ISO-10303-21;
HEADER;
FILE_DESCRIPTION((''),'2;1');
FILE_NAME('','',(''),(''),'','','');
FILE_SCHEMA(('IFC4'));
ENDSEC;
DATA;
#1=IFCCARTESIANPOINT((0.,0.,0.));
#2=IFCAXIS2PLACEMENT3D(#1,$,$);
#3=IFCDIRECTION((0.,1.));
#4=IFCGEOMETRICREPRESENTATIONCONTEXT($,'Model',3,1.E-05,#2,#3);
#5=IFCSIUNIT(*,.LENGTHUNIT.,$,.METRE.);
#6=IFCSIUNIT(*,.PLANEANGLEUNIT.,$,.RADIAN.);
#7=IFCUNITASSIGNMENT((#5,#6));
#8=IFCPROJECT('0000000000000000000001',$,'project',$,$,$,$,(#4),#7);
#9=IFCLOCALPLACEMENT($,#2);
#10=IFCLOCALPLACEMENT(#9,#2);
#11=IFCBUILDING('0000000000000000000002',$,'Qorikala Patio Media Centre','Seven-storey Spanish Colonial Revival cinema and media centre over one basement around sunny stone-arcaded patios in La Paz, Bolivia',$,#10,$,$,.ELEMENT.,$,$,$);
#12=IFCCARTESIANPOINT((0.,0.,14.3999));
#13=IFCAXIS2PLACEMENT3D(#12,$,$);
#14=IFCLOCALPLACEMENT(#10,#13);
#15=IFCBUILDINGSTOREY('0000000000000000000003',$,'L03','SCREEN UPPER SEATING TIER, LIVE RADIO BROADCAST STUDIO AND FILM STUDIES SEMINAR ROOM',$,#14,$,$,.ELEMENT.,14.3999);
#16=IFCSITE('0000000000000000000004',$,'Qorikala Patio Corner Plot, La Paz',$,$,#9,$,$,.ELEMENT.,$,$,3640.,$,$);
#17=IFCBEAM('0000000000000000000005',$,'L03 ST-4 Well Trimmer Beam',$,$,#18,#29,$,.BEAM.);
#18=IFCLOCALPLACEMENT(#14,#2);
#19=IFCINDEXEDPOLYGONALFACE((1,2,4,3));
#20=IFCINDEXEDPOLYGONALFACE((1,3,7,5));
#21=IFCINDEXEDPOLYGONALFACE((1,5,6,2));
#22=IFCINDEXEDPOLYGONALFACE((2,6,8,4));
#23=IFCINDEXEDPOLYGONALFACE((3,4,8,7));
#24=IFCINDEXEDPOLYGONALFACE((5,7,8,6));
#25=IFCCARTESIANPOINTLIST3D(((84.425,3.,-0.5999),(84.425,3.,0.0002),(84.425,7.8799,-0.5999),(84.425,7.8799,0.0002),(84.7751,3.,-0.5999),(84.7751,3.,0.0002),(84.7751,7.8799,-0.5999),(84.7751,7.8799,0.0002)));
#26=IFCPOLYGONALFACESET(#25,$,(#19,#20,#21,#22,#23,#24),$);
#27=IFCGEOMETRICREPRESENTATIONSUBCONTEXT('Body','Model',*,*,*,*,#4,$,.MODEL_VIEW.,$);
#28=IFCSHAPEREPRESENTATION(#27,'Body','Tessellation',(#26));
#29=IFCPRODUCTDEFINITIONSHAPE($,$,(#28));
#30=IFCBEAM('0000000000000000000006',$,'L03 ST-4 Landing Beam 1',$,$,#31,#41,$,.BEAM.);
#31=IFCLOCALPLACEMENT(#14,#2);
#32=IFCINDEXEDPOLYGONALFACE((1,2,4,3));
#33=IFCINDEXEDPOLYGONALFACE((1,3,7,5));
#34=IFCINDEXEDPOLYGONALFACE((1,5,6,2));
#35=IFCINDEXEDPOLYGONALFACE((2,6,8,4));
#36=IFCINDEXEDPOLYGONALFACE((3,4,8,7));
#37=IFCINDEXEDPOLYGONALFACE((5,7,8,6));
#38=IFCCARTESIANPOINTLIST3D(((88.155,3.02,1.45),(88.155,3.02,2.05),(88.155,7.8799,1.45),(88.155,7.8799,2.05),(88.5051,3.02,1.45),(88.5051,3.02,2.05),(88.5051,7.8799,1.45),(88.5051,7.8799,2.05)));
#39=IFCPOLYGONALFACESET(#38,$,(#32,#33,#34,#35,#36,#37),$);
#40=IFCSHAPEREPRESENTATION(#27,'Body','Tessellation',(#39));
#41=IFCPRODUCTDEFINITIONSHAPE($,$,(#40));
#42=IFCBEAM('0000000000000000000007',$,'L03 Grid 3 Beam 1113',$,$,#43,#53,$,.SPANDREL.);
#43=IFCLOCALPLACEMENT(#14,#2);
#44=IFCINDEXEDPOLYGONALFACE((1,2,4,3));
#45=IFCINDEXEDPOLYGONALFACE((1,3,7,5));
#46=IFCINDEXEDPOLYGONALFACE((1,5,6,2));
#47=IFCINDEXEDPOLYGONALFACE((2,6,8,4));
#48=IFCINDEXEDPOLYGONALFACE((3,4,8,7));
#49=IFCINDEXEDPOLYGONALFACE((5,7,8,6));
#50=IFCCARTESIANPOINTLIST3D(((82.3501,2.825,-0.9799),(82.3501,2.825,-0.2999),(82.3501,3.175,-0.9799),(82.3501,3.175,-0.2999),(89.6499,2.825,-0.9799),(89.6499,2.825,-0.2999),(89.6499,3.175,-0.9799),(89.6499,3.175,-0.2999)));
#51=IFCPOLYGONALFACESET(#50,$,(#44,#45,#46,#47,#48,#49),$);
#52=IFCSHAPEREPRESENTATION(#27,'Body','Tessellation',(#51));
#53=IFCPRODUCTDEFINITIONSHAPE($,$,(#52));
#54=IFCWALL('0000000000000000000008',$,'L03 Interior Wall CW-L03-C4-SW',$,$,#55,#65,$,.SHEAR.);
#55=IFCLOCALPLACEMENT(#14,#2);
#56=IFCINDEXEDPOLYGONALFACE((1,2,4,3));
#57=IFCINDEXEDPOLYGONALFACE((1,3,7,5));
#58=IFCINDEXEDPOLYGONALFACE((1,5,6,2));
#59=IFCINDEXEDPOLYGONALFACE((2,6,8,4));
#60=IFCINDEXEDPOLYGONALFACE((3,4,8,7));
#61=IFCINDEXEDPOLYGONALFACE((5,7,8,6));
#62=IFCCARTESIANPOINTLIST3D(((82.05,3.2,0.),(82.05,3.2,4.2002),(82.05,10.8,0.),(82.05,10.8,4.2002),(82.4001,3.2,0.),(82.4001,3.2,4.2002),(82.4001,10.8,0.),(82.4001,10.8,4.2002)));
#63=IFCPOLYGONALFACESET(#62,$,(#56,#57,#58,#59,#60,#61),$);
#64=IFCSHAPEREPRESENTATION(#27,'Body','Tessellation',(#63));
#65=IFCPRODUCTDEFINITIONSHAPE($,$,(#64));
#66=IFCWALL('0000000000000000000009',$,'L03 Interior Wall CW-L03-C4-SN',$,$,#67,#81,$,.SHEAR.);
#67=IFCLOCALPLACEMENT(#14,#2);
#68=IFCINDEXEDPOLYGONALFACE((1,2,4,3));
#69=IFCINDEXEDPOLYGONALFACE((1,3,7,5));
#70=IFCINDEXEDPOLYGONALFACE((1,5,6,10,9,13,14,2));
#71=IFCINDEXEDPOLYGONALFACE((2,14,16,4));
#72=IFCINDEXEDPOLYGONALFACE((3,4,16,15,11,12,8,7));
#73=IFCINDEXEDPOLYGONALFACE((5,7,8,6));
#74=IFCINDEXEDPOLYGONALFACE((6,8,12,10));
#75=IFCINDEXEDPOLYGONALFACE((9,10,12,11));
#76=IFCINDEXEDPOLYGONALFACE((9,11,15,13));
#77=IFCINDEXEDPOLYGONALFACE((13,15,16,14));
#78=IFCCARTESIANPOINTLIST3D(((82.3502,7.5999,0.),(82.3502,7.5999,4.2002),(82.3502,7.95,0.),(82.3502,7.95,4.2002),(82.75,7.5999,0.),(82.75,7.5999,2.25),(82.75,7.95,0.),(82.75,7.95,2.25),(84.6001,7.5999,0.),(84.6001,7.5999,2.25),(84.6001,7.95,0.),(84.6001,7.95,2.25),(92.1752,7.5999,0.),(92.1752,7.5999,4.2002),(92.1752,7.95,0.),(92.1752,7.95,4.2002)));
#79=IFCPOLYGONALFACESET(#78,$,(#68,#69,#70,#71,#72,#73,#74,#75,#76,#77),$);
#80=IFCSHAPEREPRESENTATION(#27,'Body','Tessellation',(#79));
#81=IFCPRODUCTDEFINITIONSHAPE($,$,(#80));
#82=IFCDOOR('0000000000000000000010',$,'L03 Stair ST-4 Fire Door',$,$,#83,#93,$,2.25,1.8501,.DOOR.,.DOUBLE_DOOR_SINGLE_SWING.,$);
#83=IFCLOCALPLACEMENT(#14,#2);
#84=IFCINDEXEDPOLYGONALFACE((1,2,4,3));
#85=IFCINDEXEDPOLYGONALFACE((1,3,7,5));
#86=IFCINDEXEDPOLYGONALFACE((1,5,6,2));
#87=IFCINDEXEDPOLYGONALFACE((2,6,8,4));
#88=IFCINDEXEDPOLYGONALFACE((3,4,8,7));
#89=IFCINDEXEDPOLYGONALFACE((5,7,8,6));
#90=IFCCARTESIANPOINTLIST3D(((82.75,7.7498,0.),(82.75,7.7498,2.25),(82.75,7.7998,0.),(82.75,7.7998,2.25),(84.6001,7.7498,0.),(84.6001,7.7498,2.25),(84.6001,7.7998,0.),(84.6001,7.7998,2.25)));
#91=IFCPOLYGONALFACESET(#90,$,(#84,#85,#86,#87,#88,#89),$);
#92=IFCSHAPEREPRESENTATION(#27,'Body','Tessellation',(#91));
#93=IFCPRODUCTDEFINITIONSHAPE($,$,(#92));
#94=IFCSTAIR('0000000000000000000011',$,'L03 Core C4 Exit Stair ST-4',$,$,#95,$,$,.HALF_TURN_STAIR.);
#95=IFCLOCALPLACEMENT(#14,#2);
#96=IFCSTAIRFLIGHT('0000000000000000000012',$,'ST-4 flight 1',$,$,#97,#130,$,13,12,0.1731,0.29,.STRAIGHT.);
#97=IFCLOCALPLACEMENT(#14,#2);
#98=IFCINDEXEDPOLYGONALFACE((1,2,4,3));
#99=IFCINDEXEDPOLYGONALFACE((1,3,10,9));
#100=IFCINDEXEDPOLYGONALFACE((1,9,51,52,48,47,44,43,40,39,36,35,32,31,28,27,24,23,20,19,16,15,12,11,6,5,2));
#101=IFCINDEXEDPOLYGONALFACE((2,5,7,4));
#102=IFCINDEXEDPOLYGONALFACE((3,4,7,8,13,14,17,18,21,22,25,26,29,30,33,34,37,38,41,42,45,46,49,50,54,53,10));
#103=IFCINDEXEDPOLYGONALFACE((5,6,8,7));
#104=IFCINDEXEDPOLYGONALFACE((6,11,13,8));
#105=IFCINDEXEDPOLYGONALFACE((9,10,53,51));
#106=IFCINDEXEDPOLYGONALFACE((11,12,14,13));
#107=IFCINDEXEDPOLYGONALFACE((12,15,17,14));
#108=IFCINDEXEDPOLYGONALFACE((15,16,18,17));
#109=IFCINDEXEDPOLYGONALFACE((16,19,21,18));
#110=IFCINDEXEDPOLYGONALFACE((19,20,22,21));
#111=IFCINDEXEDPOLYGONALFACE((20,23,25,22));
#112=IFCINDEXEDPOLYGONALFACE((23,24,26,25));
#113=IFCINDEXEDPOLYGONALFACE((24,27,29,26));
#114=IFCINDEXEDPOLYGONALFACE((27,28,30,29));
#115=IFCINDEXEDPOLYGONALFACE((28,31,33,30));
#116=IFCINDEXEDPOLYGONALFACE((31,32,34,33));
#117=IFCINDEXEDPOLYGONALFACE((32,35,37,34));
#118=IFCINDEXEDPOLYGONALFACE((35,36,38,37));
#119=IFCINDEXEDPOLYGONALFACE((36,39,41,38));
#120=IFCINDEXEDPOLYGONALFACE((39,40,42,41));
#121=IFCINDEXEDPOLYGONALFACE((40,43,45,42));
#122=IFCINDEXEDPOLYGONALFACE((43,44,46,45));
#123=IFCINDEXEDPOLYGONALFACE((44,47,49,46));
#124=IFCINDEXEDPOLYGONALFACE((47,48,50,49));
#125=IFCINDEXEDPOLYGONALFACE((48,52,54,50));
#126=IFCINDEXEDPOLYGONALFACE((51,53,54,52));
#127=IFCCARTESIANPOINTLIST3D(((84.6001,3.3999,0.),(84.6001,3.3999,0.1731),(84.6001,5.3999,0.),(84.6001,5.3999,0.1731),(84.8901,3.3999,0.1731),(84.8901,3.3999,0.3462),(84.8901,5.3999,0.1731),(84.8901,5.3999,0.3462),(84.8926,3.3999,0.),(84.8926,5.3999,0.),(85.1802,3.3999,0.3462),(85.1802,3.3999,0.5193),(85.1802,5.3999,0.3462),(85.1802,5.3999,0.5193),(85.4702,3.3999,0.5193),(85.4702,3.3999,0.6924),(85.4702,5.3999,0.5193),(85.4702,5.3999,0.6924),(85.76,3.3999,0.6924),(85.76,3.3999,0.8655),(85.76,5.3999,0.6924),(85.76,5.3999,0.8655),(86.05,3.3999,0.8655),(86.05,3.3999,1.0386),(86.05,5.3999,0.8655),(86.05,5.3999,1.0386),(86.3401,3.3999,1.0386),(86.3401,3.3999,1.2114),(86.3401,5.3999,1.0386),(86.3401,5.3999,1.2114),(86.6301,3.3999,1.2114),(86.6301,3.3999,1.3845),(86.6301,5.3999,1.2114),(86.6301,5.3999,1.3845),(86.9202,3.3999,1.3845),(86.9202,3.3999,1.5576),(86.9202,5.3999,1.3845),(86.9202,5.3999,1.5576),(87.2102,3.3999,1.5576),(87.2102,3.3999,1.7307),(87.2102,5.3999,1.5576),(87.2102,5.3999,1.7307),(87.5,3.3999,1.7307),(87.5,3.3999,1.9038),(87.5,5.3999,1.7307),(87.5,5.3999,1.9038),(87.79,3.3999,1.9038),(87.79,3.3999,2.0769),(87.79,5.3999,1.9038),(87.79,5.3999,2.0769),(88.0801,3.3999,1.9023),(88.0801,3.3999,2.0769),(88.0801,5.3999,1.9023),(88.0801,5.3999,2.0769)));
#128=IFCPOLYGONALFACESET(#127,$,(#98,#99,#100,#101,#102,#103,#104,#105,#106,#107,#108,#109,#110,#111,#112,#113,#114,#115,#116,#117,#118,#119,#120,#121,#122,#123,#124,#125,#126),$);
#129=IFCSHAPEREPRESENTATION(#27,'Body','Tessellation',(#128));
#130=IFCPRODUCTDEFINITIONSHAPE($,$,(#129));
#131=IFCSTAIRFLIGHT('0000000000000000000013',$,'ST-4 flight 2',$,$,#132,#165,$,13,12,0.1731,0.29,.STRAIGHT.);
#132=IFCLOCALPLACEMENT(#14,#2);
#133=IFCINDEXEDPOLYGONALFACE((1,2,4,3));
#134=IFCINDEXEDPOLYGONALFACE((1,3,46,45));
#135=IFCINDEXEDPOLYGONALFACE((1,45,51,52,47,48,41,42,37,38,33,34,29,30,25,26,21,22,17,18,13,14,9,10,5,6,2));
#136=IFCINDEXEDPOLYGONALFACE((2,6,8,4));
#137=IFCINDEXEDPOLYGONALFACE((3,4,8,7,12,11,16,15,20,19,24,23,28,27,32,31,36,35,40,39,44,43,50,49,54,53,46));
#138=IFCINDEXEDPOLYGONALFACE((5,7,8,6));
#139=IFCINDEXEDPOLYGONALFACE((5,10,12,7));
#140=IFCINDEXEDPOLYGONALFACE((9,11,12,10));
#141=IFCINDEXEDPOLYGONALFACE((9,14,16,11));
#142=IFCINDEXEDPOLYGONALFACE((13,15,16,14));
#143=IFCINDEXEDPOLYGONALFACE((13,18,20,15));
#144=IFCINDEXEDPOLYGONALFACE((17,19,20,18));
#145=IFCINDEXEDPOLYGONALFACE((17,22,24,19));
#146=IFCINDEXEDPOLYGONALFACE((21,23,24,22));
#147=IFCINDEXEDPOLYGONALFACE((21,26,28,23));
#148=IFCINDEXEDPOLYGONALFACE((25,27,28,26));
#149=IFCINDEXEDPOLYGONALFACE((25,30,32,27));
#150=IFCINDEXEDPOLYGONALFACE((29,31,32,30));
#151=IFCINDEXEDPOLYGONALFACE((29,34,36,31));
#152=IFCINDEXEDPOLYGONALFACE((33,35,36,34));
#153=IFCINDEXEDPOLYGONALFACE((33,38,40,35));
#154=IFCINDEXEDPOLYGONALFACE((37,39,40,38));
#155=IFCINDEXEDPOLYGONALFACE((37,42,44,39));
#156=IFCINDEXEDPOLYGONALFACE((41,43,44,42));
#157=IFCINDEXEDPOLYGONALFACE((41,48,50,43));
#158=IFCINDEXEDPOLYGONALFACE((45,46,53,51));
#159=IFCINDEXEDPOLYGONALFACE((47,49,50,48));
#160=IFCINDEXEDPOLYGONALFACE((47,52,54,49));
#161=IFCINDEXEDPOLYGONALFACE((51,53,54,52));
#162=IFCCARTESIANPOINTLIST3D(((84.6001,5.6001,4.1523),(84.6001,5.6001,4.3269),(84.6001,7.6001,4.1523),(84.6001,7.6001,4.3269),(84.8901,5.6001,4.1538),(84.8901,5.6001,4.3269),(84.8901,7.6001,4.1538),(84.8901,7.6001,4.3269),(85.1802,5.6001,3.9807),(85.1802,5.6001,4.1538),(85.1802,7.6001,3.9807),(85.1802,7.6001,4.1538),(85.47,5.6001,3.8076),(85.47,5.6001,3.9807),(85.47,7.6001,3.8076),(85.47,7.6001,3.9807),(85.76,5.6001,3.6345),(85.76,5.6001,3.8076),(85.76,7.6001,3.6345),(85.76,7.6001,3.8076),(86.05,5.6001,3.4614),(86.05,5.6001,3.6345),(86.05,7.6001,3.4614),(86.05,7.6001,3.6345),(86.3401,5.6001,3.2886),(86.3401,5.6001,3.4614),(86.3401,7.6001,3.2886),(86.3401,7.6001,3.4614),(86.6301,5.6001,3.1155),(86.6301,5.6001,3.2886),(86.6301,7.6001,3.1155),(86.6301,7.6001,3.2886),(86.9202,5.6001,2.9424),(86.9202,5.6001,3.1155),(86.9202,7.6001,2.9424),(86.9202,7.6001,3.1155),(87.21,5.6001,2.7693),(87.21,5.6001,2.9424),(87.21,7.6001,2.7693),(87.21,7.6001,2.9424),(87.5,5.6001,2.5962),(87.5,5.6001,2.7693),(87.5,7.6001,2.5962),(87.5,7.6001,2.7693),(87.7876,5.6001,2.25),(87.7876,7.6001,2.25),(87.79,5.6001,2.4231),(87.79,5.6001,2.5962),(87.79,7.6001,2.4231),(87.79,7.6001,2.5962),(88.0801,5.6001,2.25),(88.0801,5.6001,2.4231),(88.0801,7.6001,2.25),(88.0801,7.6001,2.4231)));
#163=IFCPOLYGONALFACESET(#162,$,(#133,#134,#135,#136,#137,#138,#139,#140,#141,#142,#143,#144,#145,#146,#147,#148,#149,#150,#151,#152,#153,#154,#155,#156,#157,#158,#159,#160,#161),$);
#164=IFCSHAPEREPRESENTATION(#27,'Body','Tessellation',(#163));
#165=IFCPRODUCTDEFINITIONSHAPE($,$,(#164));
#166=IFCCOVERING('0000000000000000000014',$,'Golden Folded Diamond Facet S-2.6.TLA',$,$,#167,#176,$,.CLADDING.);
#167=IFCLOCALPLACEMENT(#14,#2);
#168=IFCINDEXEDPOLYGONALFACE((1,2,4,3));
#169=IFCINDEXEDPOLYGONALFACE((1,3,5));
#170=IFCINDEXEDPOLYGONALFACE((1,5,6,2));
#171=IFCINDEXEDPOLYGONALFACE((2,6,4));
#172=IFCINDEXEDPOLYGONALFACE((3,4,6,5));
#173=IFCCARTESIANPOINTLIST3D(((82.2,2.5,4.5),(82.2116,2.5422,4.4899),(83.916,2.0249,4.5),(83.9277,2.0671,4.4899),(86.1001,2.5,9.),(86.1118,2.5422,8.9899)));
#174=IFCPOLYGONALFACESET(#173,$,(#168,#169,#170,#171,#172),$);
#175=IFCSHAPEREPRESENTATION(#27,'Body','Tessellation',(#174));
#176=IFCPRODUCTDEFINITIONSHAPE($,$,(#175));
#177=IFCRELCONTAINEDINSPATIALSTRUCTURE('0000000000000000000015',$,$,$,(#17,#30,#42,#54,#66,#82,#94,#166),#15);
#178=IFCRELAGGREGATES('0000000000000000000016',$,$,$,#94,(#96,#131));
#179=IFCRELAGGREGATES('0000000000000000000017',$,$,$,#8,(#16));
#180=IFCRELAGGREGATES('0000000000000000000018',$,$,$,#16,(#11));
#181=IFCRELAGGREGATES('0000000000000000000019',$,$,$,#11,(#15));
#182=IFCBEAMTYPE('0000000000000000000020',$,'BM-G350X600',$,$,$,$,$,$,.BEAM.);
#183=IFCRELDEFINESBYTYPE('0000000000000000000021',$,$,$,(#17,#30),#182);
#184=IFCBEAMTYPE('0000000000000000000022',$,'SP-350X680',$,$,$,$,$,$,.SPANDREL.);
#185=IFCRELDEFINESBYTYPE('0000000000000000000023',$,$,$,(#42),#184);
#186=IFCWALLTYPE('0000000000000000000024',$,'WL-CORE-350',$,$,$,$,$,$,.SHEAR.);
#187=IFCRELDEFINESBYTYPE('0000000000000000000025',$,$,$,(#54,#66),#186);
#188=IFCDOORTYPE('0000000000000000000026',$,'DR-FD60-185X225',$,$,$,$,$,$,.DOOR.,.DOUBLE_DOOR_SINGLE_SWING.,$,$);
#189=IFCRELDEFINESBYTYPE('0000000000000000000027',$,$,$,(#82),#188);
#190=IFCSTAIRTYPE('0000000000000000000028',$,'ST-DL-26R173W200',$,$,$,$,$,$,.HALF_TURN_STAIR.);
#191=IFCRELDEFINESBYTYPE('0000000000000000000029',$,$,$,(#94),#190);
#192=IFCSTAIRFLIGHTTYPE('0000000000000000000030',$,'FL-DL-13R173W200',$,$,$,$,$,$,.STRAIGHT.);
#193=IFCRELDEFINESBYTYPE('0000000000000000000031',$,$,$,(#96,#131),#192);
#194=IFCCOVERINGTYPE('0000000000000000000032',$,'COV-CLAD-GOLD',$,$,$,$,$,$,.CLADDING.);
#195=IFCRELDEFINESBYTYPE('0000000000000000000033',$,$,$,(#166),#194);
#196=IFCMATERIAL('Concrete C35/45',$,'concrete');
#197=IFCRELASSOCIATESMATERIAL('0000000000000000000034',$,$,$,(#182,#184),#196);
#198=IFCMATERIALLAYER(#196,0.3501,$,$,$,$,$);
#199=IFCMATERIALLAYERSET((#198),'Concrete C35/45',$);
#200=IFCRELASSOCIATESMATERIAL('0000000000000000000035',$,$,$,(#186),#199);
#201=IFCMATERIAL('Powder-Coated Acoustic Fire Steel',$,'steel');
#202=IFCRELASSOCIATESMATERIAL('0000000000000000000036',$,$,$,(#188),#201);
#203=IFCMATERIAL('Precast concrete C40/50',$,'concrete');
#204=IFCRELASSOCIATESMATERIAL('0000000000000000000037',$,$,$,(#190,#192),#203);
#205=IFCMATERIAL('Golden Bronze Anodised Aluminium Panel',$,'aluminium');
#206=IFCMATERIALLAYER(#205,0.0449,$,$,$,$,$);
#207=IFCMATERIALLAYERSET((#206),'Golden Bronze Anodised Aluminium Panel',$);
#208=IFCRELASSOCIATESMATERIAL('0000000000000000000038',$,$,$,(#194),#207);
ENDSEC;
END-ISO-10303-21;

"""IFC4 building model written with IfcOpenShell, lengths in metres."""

from ifc_helpers import new_model, si_unit, direction, frame, frame_2d, origin, origin_2d, place, context, subcontext, project, spatial, polyline, rectangle, outline, extrude, material, layer, layer_set, material_profile, profile_set, type_object, element, fill, aggregate, save


model = new_model("IFC4")

# Units and contexts
model_context = context("Model", 3, precision=1e-05, world=origin(), true_north=direction((0.0, 1.0)))
body_context = subcontext(model_context, "Body", "Model", "MODEL_VIEW")
ifc_project = project(units=[si_unit("LENGTHUNIT", "METRE"), si_unit("PLANEANGLEUNIT", "RADIAN")], contexts=[model_context])

# Site, building, storey
site_placement = place(None, origin())
site = spatial("IfcSite", under=ifc_project, at=site_placement, Name="Qorikala Patio Corner Plot, La Paz", CompositionType="ELEMENT", RefElevation=3640.0)
building_placement = place(site_placement, origin())
building = spatial("IfcBuilding", under=site, at=building_placement, Name="Qorikala Patio Media Centre", Description="Seven-storey Spanish Colonial Revival cinema and media centre over one basement around sunny stone-arcaded patios in La Paz, Bolivia", CompositionType="ELEMENT")
storey_placement = place(building_placement, frame((0.0, 0.0, 14.3999)))
storey = spatial("IfcBuildingStorey", under=building, at=storey_placement, Name="L03", Description="SCREEN UPPER SEATING TIER, LIVE RADIO BROADCAST STUDIO AND FILM STUDIES SEMINAR ROOM", CompositionType="ELEMENT", Elevation=14.3999)

# Beams
ifc_material_1 = material(Name="Concrete C35/45", Category="concrete")
ifc_material_profile_1 = material_profile(ifc_material_1, rectangle(XDim=0.3501, YDim=0.6001, at=origin_2d()), Name="RC 350x600")
ifc_profile_set_1 = profile_set([ifc_material_profile_1], Name="Concrete C35/45")
beam_type_1 = type_object("IfcBeamType", Name="BM-G350X600", PredefinedType="BEAM", material=ifc_profile_set_1)
beam_1_placement = place(storey_placement, frame((84.6001, 3.0, -0.2998), z_axis=(0.0, 1.0, 0.0), x_axis=(-1.0, 0.0, 0.0)))
element("IfcBeam", 1, at=beam_1_placement, inside=storey, type_object=beam_type_1, Name="L03 ST-4 Well Trimmer Beam", PredefinedType="BEAM", context=body_context, shape_type="SweptSolid", body=[
    extrude(rectangle(XDim=0.3501, YDim=0.6001, at=origin_2d()), origin(), (0.0, 0.0, 1.0), 4.8799),
])
beam_2_placement = place(storey_placement, frame((88.3301, 3.02, 1.75), z_axis=(0.0, 1.0, 0.0), x_axis=(-1.0, 0.0, 0.0)))
element("IfcBeam", 2, at=beam_2_placement, inside=storey, type_object=beam_type_1, Name="L03 ST-4 Landing Beam 1", PredefinedType="BEAM", context=body_context, shape_type="SweptSolid", body=[
    extrude(rectangle(XDim=0.3501, YDim=0.6001, at=origin_2d()), origin(), (0.0, 0.0, 1.0), 4.8599),
])
ifc_material_profile_2 = material_profile(ifc_material_1, rectangle(XDim=0.3501, YDim=0.6799, at=origin_2d()), Name="RC 350x680")
ifc_profile_set_2 = profile_set([ifc_material_profile_2], Name="Concrete C35/45")
beam_type_2 = type_object("IfcBeamType", Name="SP-350X680", PredefinedType="SPANDREL", material=ifc_profile_set_2)
beam_3_placement = place(storey_placement, frame((82.3501, 3.0, -0.6399), z_axis=(1.0, 0.0, 0.0), x_axis=(0.0, 1.0, 0.0)))
element("IfcBeam", 3, at=beam_3_placement, inside=storey, type_object=beam_type_2, Name="L03 Grid 3 Beam 1113", PredefinedType="SPANDREL", context=body_context, shape_type="SweptSolid", body=[
    extrude(rectangle(XDim=0.3501, YDim=0.6799, at=origin_2d()), origin(), (0.0, 0.0, 1.0), 7.2998),
])

# Wall
ifc_layer_1 = layer(ifc_material_1, 0.3501)
ifc_layer_set_1 = layer_set([ifc_layer_1], Name="Concrete C35/45")
wall_type = type_object("IfcWallType", Name="WL-CORE-350", PredefinedType="SHEAR", material=ifc_layer_set_1)
wall_1_placement = place(storey_placement, frame((82.2251, 3.2, 0.0), z_axis=(0.0, 0.0, 1.0), x_axis=(0.0, 1.0, 0.0)))
element("IfcWall", 4, at=wall_1_placement, inside=storey, type_object=wall_type, Name="L03 Interior Wall CW-L03-C4-SW", PredefinedType="SHEAR", context=body_context, shape_type="SweptSolid", body=[
    extrude(rectangle(XDim=7.6001, YDim=0.3501, at=frame_2d((3.8, 0.0))), origin(), (0.0, 0.0, 1.0), 4.2002),
])

# Wall, opening, door
wall_2_placement = place(storey_placement, frame((82.3501, 7.7749, 0.0), z_axis=(0.0, 0.0, 1.0), x_axis=(1.0, 0.0, 0.0)))
wall_2 = element("IfcWall", 5, at=wall_2_placement, inside=storey, type_object=wall_type, Name="L03 Interior Wall CW-L03-C4-SN", PredefinedType="SHEAR", context=body_context, shape_type="SweptSolid", body=[
    extrude(rectangle(XDim=9.825, YDim=0.3501, at=frame_2d((4.9126, 0.0))), origin(), (0.0, 0.0, 1.0), 4.2002),
])
opening_placement = place(wall_2_placement, frame((0.3999, 0.0, 0.0)))
opening = element("IfcOpeningElement", 6, at=opening_placement, cuts=wall_2, PredefinedType="OPENING", context=body_context, shape_type="SweptSolid", body=[
    extrude(rectangle(XDim=1.8501, YDim=2.25, at=frame_2d((0.925, 1.125))), frame((0.0, 0.1851, 0.0), z_axis=(0.0, -1.0, 0.0), x_axis=(1.0, 0.0, 0.0)), (0.0, 0.0, 1.0), 0.3701),
])
ifc_material_2 = material(Name="Powder-Coated Acoustic Fire Steel", Category="steel")
door_type = type_object("IfcDoorType", Name="DR-FD60-185X225", OperationType="DOUBLE_DOOR_SINGLE_SWING", PredefinedType="DOOR", material=ifc_material_2)
door_placement = place(opening_placement, origin())
door = element("IfcDoor", 7, at=door_placement, inside=storey, type_object=door_type, Name="L03 Stair ST-4 Fire Door", OperationType="DOUBLE_DOOR_SINGLE_SWING", OverallHeight=2.25, OverallWidth=1.8501, PredefinedType="DOOR", context=body_context, shape_type="SweptSolid", body=[
    extrude(rectangle(XDim=1.8501, YDim=2.25, at=frame_2d((0.925, 1.125))), frame((0.0, 0.0249, 0.0), z_axis=(0.0, -1.0, 0.0), x_axis=(1.0, 0.0, 0.0)), (0.0, 0.0, 1.0), 0.05),
])
fill(opening, door)

# Stair, stair flights
ifc_material_3 = material(Name="Precast concrete C40/50", Category="concrete")
stair_type = type_object("IfcStairType", Name="ST-DL-26R173W200", PredefinedType="HALF_TURN_STAIR", material=ifc_material_3)
stair_placement = place(storey_placement, origin())
stair = element("IfcStair", 8, at=stair_placement, inside=storey, type_object=stair_type, Name="L03 Core C4 Exit Stair ST-4", PredefinedType="HALF_TURN_STAIR")
stair_flight_type = type_object("IfcStairFlightType", Name="FL-DL-13R173W200", PredefinedType="STRAIGHT", material=ifc_material_3)
stair_flight_1_placement = place(storey_placement, frame((84.6001, 4.3999, 0.0), z_axis=(0.0, 0.0, 1.0), x_axis=(1.0, 0.0, 0.0)))
stair_flight_1 = element("IfcStairFlight", 9, at=stair_flight_1_placement, type_object=stair_flight_type, Name="ST-4 flight 1", NumberOfRisers=13, NumberOfTreads=12, PredefinedType="STRAIGHT", RiserHeight=0.1731, TreadLength=0.29, context=body_context, shape_type="SweptSolid", body=[
    extrude(outline(polyline([(0.0, 0.0), (0.0, 0.1731), (0.29, 0.1731), (0.29, 0.3462), (0.5801, 0.3462), (0.5801, 0.5193), (0.8701, 0.5193), (0.8701, 0.6924), (1.1599, 0.6924), (1.1599, 0.8655), (1.45, 0.8655), (1.45, 1.0386), (1.74, 1.0386), (1.74, 1.2114), (2.03, 1.2114), (2.03, 1.3845), (2.3201, 1.3845), (2.3201, 1.5576), (2.6101, 1.5576), (2.6101, 1.7307), (2.8999, 1.7307), (2.8999, 1.9038), (3.1899, 1.9038), (3.1899, 2.0769), (3.48, 2.0769), (3.48, 2.25), (3.48, 1.9023), (0.2925, 0.0), (0.0, 0.0)])), frame((0.0, 1.0, 0.0), z_axis=(0.0, -1.0, 0.0), x_axis=(1.0, 0.0, 0.0)), (0.0, 0.0, 1.0), 2.0),
])
stair_flight_2_placement = place(storey_placement, frame((88.0801, 6.6001, 2.25), z_axis=(0.0, 0.0, 1.0), x_axis=(-1.0, 0.0, 0.0)))
stair_flight_2 = element("IfcStairFlight", 10, at=stair_flight_2_placement, type_object=stair_flight_type, Name="ST-4 flight 2", NumberOfRisers=13, NumberOfTreads=12, PredefinedType="STRAIGHT", RiserHeight=0.1731, TreadLength=0.29, context=body_context, shape_type="SweptSolid", body=[
    extrude(outline(polyline([(0.0, 0.0), (0.0, 0.1731), (0.29, 0.1731), (0.29, 0.3462), (0.5801, 0.3462), (0.5801, 0.5193), (0.8701, 0.5193), (0.8701, 0.6924), (1.1599, 0.6924), (1.1599, 0.8655), (1.45, 0.8655), (1.45, 1.0386), (1.74, 1.0386), (1.74, 1.2114), (2.03, 1.2114), (2.03, 1.3845), (2.3201, 1.3845), (2.3201, 1.5576), (2.6101, 1.5576), (2.6101, 1.7307), (2.8999, 1.7307), (2.8999, 1.9038), (3.1899, 1.9038), (3.1899, 2.0769), (3.48, 2.0769), (3.48, 2.25), (3.48, 1.9023), (0.2925, 0.0), (0.0, 0.0)])), frame((0.0, 1.0, 0.0), z_axis=(0.0, -1.0, 0.0), x_axis=(1.0, 0.0, 0.0)), (0.0, 0.0, 1.0), 2.0),
])
aggregate(stair, [stair_flight_1, stair_flight_2])

# Covering
ifc_material_4 = material(Name="Golden Bronze Anodised Aluminium Panel", Category="aluminium")
ifc_layer_2 = layer(ifc_material_4, 0.0449)
ifc_layer_set_2 = layer_set([ifc_layer_2], Name="Golden Bronze Anodised Aluminium Panel")
covering_type = type_object("IfcCoveringType", Name="COV-CLAD-GOLD", PredefinedType="CLADDING", material=ifc_layer_set_2)
covering_1_placement = place(storey_placement, frame((86.1001, 2.5, 9.0), z_axis=(-0.259956, -0.938968, 0.225304), x_axis=(-0.654945, 0.0, -0.755677)))
element("IfcCovering", 11, at=covering_1_placement, inside=storey, type_object=covering_type, Name="Golden Folded Diamond Facet S-2.6.TLA", PredefinedType="CLADDING", context=body_context, shape_type="SweptSolid", body=[
    extrude(outline(polyline([(0.0, 0.0), (5.9549, 0.0), (4.831, 1.3811), (0.0, 0.0)])), origin(), (0.0, 0.0, -1.0), 0.0449),
])

save(model, "model.ifc")
